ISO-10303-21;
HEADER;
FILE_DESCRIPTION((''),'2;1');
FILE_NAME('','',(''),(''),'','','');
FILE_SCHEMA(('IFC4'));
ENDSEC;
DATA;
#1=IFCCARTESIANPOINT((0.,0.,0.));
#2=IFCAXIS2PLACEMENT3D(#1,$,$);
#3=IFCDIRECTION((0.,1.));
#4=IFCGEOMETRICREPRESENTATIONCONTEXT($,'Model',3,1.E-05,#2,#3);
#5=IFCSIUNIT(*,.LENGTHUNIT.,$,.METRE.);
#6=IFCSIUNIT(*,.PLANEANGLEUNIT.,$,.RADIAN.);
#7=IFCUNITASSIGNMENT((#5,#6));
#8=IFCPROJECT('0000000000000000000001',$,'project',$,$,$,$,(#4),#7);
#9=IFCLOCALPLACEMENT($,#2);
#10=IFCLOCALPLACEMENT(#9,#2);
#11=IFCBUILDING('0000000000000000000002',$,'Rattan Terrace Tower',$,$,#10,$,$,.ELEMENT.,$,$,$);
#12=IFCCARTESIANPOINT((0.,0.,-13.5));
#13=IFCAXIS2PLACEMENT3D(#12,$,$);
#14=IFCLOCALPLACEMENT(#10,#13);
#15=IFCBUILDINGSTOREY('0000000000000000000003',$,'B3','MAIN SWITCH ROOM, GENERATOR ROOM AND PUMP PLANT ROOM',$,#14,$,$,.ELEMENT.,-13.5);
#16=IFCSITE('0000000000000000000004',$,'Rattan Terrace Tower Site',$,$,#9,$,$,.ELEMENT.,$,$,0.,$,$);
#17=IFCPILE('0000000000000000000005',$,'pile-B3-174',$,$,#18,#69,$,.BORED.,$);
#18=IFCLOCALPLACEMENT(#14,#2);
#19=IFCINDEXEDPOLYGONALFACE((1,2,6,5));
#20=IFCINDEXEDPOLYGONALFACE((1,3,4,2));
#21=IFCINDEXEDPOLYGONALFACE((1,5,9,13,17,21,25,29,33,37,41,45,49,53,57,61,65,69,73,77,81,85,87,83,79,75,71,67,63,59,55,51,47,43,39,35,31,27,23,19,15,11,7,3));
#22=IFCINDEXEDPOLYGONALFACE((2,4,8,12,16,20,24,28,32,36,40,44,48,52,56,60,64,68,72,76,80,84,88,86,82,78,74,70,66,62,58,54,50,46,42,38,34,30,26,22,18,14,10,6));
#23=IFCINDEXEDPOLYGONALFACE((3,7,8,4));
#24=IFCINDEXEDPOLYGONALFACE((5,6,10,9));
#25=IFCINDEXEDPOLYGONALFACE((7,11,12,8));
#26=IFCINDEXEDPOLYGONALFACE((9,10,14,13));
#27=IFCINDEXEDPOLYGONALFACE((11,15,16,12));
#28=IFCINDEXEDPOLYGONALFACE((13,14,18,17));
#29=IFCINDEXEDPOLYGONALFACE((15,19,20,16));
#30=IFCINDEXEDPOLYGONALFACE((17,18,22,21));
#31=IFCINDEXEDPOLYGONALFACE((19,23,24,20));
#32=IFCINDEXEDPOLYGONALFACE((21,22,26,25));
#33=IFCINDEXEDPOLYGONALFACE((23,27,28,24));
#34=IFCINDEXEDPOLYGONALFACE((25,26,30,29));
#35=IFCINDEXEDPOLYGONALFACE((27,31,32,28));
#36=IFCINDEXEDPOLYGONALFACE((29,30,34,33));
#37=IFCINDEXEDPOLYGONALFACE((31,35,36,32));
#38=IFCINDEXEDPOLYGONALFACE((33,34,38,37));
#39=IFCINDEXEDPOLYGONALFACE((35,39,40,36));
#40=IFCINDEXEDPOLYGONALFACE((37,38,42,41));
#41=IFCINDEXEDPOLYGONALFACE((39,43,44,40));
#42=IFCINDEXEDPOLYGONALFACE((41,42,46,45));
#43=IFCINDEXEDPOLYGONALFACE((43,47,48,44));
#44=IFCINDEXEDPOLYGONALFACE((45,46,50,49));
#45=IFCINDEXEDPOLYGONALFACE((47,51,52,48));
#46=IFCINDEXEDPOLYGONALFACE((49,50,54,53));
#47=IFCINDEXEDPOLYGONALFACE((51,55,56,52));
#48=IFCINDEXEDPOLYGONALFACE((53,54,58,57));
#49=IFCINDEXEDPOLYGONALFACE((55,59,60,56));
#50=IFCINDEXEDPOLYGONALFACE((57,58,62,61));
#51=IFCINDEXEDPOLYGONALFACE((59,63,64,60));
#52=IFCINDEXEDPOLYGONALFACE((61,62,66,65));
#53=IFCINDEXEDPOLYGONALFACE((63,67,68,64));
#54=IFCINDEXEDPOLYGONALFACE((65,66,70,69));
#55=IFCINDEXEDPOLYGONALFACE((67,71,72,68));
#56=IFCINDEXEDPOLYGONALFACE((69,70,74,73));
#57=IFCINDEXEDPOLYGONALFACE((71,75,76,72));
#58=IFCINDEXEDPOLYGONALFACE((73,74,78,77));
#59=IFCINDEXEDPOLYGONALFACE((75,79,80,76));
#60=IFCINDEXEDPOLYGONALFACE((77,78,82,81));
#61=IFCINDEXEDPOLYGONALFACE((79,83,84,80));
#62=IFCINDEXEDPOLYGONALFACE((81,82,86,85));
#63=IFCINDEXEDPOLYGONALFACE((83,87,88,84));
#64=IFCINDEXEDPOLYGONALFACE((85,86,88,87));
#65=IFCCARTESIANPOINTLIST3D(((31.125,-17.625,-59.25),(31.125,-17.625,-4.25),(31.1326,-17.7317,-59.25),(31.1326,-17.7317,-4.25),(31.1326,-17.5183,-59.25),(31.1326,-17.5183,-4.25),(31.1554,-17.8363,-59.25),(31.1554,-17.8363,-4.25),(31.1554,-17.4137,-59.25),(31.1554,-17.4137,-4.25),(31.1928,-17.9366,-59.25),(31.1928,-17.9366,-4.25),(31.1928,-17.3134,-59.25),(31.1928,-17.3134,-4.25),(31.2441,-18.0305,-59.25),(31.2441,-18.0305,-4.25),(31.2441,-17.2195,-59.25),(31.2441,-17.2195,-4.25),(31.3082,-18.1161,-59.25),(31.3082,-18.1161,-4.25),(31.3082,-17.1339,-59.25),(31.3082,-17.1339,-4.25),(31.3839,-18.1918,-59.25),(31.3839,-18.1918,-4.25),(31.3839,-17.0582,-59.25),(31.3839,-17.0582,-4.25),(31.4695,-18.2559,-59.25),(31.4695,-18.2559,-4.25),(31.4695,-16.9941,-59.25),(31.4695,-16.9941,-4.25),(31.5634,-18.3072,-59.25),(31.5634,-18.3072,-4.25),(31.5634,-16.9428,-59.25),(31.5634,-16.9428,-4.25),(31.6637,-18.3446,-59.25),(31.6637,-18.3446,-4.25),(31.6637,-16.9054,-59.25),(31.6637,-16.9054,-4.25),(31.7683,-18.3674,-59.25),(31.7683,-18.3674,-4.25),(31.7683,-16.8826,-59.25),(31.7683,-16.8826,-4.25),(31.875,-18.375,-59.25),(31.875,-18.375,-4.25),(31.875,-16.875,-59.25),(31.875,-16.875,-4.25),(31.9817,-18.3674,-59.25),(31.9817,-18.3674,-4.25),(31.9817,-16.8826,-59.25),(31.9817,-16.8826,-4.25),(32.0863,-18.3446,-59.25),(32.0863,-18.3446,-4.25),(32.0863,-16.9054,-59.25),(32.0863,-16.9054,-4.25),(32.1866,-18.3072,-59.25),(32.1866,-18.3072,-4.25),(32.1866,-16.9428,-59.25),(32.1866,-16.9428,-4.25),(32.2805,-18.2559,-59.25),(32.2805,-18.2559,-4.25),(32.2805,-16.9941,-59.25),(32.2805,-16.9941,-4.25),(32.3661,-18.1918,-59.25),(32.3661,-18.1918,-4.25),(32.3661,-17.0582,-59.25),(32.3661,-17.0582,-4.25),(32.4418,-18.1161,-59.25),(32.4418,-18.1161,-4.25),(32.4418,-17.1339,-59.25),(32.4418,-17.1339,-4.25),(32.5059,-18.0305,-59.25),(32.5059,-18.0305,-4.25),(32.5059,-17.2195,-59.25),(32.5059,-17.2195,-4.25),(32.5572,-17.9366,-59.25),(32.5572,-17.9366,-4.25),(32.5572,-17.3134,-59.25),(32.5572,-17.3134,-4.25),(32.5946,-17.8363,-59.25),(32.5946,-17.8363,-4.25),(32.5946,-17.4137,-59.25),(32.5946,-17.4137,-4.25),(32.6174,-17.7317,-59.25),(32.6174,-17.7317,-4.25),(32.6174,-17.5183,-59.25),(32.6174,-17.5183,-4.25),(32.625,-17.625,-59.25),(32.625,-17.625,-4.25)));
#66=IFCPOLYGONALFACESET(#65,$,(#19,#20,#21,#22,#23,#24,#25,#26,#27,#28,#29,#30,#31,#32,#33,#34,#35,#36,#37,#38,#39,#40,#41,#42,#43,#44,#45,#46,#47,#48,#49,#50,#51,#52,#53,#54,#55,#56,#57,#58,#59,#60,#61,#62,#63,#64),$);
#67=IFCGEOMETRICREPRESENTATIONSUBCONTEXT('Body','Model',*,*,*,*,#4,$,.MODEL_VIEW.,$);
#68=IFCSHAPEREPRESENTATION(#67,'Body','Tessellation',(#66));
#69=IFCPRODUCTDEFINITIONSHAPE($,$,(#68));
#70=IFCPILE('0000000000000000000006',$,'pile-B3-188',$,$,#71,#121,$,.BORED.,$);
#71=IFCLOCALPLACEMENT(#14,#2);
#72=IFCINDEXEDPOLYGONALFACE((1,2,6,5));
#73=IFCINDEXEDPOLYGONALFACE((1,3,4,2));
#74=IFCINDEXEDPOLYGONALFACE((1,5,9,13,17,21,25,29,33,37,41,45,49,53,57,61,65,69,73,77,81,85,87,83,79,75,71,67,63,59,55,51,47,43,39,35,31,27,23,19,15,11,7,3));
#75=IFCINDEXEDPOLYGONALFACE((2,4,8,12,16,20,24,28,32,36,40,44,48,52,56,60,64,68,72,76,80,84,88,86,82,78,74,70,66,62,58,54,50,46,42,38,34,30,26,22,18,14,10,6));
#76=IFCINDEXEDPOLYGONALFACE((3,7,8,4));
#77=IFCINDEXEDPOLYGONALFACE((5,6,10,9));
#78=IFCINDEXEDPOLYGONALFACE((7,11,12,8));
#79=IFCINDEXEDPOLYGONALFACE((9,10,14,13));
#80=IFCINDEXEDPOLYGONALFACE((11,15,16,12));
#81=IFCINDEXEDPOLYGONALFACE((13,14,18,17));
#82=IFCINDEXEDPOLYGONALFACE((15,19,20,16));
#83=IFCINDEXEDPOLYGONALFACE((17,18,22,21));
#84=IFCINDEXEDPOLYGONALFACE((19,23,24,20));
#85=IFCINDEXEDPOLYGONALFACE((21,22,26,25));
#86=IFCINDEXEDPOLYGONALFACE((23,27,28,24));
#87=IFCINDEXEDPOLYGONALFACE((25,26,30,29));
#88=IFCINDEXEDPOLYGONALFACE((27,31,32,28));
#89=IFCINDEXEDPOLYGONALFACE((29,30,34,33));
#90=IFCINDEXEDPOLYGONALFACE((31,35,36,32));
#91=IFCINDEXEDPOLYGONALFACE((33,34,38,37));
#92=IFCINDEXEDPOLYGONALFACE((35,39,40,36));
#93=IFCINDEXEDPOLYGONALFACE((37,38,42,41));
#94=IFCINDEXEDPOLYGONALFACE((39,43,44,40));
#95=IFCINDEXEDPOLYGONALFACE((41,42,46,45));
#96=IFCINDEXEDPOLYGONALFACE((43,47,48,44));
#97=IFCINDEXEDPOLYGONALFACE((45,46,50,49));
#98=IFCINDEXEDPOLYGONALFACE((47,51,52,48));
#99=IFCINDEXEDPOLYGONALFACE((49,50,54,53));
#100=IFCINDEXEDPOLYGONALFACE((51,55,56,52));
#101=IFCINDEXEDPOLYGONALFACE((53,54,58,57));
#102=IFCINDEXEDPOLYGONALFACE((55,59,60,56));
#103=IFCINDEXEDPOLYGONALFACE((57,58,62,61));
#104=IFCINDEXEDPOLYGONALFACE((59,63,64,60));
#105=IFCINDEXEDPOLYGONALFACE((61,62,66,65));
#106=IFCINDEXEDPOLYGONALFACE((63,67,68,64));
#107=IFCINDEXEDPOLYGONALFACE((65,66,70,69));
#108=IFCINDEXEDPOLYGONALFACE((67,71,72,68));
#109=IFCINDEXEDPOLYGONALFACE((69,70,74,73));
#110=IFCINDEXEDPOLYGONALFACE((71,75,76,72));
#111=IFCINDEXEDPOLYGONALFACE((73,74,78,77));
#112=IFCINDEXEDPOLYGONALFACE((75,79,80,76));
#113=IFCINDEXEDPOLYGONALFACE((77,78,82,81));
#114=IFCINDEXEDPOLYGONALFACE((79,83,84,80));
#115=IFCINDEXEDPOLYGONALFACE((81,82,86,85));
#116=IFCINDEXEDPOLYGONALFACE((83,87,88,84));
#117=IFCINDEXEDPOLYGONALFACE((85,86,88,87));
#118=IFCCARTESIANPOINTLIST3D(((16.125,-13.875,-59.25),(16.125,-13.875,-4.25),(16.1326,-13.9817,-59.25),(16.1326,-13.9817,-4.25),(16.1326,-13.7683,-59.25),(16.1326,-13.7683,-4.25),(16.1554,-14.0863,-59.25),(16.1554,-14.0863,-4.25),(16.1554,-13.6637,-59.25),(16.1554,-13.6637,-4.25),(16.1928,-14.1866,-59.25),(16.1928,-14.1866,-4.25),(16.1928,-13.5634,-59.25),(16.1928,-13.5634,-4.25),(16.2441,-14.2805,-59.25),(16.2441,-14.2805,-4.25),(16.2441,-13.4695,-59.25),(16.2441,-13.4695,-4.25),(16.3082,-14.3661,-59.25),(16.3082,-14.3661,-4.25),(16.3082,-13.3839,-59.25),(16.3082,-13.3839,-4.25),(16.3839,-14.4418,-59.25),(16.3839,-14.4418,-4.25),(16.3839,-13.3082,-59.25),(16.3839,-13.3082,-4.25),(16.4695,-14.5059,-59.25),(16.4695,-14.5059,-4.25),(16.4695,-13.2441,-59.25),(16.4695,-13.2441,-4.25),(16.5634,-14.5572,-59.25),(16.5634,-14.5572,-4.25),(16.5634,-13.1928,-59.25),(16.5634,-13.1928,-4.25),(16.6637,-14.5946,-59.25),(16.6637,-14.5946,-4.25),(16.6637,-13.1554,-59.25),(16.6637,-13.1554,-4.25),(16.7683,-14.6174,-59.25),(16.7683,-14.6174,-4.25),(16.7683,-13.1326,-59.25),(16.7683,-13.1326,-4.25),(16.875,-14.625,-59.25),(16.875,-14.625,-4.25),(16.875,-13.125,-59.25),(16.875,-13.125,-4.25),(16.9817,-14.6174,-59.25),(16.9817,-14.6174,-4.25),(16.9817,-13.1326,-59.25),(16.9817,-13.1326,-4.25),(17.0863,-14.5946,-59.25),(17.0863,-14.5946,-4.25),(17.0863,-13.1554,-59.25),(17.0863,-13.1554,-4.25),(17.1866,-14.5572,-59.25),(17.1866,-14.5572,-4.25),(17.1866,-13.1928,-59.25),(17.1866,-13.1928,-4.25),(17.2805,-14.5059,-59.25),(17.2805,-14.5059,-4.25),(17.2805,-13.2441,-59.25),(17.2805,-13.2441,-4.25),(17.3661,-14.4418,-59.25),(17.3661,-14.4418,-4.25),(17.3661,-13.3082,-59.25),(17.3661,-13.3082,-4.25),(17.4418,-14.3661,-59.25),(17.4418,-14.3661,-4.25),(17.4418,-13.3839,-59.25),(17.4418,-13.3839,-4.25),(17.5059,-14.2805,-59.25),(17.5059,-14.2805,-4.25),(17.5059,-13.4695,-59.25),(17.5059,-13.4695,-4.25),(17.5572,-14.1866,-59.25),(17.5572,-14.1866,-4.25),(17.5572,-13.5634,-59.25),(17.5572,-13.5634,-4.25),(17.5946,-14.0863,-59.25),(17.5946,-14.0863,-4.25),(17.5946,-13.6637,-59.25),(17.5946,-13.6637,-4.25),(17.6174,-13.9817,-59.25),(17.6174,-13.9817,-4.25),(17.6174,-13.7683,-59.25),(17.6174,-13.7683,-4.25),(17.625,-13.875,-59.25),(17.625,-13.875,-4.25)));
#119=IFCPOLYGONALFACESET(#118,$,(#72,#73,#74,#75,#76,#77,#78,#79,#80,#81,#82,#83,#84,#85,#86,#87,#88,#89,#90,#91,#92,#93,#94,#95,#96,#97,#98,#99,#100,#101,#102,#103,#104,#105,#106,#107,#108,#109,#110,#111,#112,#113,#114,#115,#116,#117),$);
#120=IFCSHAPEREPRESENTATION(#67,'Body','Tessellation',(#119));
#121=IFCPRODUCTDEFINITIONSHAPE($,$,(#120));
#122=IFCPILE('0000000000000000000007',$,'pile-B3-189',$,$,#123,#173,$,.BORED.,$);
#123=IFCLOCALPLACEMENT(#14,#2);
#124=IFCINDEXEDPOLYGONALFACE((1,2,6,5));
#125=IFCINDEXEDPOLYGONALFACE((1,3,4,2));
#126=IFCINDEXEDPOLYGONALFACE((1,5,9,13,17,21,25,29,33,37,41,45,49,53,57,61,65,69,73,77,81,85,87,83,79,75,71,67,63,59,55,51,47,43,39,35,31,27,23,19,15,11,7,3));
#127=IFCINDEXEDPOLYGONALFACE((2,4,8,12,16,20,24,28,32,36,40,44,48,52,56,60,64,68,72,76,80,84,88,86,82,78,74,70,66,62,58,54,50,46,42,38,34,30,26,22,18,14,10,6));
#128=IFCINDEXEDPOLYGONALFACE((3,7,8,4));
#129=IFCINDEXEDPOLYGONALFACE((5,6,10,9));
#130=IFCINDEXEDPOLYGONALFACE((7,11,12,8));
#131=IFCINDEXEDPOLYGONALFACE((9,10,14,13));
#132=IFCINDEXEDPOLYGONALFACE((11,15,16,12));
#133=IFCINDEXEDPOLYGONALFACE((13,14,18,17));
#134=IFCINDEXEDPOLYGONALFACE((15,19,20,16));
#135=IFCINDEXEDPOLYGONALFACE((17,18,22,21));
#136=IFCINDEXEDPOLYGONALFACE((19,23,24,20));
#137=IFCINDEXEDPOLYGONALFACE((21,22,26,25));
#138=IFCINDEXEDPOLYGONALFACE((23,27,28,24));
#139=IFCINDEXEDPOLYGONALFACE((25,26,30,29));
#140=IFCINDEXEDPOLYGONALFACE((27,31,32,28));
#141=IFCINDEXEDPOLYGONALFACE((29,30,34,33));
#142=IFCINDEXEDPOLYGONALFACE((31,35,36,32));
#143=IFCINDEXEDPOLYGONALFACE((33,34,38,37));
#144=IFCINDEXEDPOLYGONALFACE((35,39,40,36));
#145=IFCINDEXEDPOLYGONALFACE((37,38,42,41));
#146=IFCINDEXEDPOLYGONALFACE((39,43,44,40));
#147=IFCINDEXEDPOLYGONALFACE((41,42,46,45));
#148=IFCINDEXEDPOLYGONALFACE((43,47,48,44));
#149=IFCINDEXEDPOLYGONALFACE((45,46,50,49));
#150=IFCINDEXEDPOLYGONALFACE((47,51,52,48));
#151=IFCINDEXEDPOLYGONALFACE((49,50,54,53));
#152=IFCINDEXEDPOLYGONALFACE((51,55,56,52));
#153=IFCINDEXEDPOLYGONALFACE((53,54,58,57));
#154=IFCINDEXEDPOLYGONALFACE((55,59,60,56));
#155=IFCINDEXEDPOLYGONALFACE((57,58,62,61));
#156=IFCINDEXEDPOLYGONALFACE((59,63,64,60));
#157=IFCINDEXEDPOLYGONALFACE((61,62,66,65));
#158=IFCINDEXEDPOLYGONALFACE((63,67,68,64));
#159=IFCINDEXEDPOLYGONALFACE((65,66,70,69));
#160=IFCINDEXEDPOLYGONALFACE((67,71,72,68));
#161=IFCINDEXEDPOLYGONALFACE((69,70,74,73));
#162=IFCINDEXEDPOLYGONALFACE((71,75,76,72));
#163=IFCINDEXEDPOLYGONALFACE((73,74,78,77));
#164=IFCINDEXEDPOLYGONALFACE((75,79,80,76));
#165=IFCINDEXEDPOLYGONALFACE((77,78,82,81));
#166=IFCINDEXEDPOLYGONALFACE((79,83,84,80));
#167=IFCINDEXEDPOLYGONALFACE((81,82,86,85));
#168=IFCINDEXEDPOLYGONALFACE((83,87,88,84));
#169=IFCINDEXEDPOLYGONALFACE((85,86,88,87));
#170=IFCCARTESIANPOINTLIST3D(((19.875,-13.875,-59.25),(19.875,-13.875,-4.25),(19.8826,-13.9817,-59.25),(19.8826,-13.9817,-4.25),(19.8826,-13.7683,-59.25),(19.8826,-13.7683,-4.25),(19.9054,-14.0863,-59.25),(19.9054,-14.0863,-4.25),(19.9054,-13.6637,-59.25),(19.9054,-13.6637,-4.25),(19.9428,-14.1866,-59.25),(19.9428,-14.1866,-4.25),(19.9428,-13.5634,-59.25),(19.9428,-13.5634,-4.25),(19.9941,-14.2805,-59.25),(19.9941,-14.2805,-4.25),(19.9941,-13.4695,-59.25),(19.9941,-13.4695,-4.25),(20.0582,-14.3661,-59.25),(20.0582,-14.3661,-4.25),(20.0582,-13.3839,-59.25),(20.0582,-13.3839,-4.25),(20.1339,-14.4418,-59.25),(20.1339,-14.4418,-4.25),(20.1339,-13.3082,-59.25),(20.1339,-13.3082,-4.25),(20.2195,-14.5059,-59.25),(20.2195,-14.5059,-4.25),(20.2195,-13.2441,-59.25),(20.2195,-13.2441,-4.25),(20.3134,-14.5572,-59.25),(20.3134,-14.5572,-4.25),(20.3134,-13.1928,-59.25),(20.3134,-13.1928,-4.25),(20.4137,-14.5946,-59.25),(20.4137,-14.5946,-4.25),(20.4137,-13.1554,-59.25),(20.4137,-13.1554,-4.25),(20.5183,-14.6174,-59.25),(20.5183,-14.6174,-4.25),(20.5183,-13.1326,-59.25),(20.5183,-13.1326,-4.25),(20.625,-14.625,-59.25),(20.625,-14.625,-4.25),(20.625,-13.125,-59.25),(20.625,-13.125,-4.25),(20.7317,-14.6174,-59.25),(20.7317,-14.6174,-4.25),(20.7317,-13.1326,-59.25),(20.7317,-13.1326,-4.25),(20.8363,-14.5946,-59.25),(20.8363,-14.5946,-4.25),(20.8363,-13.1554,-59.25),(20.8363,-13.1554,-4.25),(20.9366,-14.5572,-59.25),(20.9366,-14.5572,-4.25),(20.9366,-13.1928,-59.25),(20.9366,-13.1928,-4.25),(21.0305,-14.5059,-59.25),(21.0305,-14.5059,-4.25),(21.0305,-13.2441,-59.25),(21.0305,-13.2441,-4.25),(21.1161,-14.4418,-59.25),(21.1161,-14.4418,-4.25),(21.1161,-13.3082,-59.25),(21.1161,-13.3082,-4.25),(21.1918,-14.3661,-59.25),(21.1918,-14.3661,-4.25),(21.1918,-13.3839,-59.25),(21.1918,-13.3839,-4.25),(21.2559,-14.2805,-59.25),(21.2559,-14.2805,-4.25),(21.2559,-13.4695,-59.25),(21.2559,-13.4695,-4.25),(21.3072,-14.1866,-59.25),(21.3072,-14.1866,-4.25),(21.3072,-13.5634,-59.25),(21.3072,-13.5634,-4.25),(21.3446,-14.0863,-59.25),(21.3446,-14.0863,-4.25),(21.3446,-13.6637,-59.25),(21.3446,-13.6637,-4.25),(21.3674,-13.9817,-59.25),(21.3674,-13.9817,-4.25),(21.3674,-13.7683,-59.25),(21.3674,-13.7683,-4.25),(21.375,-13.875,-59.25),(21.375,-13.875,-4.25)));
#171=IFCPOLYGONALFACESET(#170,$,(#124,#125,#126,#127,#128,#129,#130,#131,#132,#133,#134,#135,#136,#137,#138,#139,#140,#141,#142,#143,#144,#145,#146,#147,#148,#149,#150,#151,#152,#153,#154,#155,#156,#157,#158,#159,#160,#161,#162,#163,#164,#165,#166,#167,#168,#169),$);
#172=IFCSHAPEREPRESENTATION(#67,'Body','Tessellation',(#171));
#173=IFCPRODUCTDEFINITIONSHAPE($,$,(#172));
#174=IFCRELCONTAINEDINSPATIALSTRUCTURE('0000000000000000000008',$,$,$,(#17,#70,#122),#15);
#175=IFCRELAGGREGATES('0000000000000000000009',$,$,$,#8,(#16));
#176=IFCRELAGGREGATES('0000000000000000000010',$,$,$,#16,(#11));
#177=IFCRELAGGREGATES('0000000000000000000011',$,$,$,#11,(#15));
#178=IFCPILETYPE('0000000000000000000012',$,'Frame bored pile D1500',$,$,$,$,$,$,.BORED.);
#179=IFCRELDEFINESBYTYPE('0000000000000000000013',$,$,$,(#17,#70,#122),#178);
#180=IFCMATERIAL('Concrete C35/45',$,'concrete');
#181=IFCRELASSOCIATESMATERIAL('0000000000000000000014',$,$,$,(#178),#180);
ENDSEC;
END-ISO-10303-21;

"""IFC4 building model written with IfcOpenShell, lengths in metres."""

from ifc_helpers import new_model, si_unit, direction, frame, origin, origin_2d, place, context, subcontext, project, spatial, circle, extrude, material, material_profile, profile_set, type_object, element, save


model = new_model("IFC4")

# Units and contexts
model_context = context("Model", 3, precision=1e-05, world=origin(), true_north=direction((0.0, 1.0)))
body_context = subcontext(model_context, "Body", "Model", "MODEL_VIEW")
ifc_project = project(units=[si_unit("LENGTHUNIT", "METRE"), si_unit("PLANEANGLEUNIT", "RADIAN")], contexts=[model_context])

# Site, building, storey
site_placement = place(None, origin())
site = spatial("IfcSite", under=ifc_project, at=site_placement, Name="Rattan Terrace Tower Site", CompositionType="ELEMENT", RefElevation=0.0)
building_placement = place(site_placement, origin())
building = spatial("IfcBuilding", under=site, at=building_placement, Name="Rattan Terrace Tower", CompositionType="ELEMENT")
storey_placement = place(building_placement, frame((0.0, 0.0, -13.5)))
storey = spatial("IfcBuildingStorey", under=building, at=storey_placement, Name="B3", Description="MAIN SWITCH ROOM, GENERATOR ROOM AND PUMP PLANT ROOM", CompositionType="ELEMENT", Elevation=-13.5)

# Piles
ifc_material_1 = material(Name="Concrete C35/45", Category="concrete")
ifc_material_profile_1 = material_profile(ifc_material_1, circle(Radius=0.75, at=origin_2d()), Name="PILE D1500")
ifc_profile_set_1 = profile_set([ifc_material_profile_1], Name="Concrete C35/45")
pile_type = type_object("IfcPileType", Name="Frame bored pile D1500", PredefinedType="BORED", material=ifc_profile_set_1)
for number, where, z_axis, x_axis, name in (
    (1, (31.875, -17.625, -4.25), (0.0, 0.0, -1.0), (1.0, 0.0, 0.0), "pile-B3-174"),
    (2, (16.875, -13.875, -4.25), (0.0, 0.0, -1.0), (1.0, 0.0, 0.0), "pile-B3-188"),
    (3, (20.625, -13.875, -4.25), (0.0, 0.0, -1.0), (1.0, 0.0, 0.0), "pile-B3-189"),
):
    element("IfcPile", number, at=place(storey_placement, frame(where, z_axis=z_axis, x_axis=x_axis)), inside=storey, type_object=pile_type, Name=name, PredefinedType="BORED", context=body_context, shape_type="SweptSolid", body=[
        extrude(circle(Radius=0.75, at=origin_2d()), origin(), (0.0, 0.0, 1.0), 55.0),
    ])

save(model, "model.ifc")
